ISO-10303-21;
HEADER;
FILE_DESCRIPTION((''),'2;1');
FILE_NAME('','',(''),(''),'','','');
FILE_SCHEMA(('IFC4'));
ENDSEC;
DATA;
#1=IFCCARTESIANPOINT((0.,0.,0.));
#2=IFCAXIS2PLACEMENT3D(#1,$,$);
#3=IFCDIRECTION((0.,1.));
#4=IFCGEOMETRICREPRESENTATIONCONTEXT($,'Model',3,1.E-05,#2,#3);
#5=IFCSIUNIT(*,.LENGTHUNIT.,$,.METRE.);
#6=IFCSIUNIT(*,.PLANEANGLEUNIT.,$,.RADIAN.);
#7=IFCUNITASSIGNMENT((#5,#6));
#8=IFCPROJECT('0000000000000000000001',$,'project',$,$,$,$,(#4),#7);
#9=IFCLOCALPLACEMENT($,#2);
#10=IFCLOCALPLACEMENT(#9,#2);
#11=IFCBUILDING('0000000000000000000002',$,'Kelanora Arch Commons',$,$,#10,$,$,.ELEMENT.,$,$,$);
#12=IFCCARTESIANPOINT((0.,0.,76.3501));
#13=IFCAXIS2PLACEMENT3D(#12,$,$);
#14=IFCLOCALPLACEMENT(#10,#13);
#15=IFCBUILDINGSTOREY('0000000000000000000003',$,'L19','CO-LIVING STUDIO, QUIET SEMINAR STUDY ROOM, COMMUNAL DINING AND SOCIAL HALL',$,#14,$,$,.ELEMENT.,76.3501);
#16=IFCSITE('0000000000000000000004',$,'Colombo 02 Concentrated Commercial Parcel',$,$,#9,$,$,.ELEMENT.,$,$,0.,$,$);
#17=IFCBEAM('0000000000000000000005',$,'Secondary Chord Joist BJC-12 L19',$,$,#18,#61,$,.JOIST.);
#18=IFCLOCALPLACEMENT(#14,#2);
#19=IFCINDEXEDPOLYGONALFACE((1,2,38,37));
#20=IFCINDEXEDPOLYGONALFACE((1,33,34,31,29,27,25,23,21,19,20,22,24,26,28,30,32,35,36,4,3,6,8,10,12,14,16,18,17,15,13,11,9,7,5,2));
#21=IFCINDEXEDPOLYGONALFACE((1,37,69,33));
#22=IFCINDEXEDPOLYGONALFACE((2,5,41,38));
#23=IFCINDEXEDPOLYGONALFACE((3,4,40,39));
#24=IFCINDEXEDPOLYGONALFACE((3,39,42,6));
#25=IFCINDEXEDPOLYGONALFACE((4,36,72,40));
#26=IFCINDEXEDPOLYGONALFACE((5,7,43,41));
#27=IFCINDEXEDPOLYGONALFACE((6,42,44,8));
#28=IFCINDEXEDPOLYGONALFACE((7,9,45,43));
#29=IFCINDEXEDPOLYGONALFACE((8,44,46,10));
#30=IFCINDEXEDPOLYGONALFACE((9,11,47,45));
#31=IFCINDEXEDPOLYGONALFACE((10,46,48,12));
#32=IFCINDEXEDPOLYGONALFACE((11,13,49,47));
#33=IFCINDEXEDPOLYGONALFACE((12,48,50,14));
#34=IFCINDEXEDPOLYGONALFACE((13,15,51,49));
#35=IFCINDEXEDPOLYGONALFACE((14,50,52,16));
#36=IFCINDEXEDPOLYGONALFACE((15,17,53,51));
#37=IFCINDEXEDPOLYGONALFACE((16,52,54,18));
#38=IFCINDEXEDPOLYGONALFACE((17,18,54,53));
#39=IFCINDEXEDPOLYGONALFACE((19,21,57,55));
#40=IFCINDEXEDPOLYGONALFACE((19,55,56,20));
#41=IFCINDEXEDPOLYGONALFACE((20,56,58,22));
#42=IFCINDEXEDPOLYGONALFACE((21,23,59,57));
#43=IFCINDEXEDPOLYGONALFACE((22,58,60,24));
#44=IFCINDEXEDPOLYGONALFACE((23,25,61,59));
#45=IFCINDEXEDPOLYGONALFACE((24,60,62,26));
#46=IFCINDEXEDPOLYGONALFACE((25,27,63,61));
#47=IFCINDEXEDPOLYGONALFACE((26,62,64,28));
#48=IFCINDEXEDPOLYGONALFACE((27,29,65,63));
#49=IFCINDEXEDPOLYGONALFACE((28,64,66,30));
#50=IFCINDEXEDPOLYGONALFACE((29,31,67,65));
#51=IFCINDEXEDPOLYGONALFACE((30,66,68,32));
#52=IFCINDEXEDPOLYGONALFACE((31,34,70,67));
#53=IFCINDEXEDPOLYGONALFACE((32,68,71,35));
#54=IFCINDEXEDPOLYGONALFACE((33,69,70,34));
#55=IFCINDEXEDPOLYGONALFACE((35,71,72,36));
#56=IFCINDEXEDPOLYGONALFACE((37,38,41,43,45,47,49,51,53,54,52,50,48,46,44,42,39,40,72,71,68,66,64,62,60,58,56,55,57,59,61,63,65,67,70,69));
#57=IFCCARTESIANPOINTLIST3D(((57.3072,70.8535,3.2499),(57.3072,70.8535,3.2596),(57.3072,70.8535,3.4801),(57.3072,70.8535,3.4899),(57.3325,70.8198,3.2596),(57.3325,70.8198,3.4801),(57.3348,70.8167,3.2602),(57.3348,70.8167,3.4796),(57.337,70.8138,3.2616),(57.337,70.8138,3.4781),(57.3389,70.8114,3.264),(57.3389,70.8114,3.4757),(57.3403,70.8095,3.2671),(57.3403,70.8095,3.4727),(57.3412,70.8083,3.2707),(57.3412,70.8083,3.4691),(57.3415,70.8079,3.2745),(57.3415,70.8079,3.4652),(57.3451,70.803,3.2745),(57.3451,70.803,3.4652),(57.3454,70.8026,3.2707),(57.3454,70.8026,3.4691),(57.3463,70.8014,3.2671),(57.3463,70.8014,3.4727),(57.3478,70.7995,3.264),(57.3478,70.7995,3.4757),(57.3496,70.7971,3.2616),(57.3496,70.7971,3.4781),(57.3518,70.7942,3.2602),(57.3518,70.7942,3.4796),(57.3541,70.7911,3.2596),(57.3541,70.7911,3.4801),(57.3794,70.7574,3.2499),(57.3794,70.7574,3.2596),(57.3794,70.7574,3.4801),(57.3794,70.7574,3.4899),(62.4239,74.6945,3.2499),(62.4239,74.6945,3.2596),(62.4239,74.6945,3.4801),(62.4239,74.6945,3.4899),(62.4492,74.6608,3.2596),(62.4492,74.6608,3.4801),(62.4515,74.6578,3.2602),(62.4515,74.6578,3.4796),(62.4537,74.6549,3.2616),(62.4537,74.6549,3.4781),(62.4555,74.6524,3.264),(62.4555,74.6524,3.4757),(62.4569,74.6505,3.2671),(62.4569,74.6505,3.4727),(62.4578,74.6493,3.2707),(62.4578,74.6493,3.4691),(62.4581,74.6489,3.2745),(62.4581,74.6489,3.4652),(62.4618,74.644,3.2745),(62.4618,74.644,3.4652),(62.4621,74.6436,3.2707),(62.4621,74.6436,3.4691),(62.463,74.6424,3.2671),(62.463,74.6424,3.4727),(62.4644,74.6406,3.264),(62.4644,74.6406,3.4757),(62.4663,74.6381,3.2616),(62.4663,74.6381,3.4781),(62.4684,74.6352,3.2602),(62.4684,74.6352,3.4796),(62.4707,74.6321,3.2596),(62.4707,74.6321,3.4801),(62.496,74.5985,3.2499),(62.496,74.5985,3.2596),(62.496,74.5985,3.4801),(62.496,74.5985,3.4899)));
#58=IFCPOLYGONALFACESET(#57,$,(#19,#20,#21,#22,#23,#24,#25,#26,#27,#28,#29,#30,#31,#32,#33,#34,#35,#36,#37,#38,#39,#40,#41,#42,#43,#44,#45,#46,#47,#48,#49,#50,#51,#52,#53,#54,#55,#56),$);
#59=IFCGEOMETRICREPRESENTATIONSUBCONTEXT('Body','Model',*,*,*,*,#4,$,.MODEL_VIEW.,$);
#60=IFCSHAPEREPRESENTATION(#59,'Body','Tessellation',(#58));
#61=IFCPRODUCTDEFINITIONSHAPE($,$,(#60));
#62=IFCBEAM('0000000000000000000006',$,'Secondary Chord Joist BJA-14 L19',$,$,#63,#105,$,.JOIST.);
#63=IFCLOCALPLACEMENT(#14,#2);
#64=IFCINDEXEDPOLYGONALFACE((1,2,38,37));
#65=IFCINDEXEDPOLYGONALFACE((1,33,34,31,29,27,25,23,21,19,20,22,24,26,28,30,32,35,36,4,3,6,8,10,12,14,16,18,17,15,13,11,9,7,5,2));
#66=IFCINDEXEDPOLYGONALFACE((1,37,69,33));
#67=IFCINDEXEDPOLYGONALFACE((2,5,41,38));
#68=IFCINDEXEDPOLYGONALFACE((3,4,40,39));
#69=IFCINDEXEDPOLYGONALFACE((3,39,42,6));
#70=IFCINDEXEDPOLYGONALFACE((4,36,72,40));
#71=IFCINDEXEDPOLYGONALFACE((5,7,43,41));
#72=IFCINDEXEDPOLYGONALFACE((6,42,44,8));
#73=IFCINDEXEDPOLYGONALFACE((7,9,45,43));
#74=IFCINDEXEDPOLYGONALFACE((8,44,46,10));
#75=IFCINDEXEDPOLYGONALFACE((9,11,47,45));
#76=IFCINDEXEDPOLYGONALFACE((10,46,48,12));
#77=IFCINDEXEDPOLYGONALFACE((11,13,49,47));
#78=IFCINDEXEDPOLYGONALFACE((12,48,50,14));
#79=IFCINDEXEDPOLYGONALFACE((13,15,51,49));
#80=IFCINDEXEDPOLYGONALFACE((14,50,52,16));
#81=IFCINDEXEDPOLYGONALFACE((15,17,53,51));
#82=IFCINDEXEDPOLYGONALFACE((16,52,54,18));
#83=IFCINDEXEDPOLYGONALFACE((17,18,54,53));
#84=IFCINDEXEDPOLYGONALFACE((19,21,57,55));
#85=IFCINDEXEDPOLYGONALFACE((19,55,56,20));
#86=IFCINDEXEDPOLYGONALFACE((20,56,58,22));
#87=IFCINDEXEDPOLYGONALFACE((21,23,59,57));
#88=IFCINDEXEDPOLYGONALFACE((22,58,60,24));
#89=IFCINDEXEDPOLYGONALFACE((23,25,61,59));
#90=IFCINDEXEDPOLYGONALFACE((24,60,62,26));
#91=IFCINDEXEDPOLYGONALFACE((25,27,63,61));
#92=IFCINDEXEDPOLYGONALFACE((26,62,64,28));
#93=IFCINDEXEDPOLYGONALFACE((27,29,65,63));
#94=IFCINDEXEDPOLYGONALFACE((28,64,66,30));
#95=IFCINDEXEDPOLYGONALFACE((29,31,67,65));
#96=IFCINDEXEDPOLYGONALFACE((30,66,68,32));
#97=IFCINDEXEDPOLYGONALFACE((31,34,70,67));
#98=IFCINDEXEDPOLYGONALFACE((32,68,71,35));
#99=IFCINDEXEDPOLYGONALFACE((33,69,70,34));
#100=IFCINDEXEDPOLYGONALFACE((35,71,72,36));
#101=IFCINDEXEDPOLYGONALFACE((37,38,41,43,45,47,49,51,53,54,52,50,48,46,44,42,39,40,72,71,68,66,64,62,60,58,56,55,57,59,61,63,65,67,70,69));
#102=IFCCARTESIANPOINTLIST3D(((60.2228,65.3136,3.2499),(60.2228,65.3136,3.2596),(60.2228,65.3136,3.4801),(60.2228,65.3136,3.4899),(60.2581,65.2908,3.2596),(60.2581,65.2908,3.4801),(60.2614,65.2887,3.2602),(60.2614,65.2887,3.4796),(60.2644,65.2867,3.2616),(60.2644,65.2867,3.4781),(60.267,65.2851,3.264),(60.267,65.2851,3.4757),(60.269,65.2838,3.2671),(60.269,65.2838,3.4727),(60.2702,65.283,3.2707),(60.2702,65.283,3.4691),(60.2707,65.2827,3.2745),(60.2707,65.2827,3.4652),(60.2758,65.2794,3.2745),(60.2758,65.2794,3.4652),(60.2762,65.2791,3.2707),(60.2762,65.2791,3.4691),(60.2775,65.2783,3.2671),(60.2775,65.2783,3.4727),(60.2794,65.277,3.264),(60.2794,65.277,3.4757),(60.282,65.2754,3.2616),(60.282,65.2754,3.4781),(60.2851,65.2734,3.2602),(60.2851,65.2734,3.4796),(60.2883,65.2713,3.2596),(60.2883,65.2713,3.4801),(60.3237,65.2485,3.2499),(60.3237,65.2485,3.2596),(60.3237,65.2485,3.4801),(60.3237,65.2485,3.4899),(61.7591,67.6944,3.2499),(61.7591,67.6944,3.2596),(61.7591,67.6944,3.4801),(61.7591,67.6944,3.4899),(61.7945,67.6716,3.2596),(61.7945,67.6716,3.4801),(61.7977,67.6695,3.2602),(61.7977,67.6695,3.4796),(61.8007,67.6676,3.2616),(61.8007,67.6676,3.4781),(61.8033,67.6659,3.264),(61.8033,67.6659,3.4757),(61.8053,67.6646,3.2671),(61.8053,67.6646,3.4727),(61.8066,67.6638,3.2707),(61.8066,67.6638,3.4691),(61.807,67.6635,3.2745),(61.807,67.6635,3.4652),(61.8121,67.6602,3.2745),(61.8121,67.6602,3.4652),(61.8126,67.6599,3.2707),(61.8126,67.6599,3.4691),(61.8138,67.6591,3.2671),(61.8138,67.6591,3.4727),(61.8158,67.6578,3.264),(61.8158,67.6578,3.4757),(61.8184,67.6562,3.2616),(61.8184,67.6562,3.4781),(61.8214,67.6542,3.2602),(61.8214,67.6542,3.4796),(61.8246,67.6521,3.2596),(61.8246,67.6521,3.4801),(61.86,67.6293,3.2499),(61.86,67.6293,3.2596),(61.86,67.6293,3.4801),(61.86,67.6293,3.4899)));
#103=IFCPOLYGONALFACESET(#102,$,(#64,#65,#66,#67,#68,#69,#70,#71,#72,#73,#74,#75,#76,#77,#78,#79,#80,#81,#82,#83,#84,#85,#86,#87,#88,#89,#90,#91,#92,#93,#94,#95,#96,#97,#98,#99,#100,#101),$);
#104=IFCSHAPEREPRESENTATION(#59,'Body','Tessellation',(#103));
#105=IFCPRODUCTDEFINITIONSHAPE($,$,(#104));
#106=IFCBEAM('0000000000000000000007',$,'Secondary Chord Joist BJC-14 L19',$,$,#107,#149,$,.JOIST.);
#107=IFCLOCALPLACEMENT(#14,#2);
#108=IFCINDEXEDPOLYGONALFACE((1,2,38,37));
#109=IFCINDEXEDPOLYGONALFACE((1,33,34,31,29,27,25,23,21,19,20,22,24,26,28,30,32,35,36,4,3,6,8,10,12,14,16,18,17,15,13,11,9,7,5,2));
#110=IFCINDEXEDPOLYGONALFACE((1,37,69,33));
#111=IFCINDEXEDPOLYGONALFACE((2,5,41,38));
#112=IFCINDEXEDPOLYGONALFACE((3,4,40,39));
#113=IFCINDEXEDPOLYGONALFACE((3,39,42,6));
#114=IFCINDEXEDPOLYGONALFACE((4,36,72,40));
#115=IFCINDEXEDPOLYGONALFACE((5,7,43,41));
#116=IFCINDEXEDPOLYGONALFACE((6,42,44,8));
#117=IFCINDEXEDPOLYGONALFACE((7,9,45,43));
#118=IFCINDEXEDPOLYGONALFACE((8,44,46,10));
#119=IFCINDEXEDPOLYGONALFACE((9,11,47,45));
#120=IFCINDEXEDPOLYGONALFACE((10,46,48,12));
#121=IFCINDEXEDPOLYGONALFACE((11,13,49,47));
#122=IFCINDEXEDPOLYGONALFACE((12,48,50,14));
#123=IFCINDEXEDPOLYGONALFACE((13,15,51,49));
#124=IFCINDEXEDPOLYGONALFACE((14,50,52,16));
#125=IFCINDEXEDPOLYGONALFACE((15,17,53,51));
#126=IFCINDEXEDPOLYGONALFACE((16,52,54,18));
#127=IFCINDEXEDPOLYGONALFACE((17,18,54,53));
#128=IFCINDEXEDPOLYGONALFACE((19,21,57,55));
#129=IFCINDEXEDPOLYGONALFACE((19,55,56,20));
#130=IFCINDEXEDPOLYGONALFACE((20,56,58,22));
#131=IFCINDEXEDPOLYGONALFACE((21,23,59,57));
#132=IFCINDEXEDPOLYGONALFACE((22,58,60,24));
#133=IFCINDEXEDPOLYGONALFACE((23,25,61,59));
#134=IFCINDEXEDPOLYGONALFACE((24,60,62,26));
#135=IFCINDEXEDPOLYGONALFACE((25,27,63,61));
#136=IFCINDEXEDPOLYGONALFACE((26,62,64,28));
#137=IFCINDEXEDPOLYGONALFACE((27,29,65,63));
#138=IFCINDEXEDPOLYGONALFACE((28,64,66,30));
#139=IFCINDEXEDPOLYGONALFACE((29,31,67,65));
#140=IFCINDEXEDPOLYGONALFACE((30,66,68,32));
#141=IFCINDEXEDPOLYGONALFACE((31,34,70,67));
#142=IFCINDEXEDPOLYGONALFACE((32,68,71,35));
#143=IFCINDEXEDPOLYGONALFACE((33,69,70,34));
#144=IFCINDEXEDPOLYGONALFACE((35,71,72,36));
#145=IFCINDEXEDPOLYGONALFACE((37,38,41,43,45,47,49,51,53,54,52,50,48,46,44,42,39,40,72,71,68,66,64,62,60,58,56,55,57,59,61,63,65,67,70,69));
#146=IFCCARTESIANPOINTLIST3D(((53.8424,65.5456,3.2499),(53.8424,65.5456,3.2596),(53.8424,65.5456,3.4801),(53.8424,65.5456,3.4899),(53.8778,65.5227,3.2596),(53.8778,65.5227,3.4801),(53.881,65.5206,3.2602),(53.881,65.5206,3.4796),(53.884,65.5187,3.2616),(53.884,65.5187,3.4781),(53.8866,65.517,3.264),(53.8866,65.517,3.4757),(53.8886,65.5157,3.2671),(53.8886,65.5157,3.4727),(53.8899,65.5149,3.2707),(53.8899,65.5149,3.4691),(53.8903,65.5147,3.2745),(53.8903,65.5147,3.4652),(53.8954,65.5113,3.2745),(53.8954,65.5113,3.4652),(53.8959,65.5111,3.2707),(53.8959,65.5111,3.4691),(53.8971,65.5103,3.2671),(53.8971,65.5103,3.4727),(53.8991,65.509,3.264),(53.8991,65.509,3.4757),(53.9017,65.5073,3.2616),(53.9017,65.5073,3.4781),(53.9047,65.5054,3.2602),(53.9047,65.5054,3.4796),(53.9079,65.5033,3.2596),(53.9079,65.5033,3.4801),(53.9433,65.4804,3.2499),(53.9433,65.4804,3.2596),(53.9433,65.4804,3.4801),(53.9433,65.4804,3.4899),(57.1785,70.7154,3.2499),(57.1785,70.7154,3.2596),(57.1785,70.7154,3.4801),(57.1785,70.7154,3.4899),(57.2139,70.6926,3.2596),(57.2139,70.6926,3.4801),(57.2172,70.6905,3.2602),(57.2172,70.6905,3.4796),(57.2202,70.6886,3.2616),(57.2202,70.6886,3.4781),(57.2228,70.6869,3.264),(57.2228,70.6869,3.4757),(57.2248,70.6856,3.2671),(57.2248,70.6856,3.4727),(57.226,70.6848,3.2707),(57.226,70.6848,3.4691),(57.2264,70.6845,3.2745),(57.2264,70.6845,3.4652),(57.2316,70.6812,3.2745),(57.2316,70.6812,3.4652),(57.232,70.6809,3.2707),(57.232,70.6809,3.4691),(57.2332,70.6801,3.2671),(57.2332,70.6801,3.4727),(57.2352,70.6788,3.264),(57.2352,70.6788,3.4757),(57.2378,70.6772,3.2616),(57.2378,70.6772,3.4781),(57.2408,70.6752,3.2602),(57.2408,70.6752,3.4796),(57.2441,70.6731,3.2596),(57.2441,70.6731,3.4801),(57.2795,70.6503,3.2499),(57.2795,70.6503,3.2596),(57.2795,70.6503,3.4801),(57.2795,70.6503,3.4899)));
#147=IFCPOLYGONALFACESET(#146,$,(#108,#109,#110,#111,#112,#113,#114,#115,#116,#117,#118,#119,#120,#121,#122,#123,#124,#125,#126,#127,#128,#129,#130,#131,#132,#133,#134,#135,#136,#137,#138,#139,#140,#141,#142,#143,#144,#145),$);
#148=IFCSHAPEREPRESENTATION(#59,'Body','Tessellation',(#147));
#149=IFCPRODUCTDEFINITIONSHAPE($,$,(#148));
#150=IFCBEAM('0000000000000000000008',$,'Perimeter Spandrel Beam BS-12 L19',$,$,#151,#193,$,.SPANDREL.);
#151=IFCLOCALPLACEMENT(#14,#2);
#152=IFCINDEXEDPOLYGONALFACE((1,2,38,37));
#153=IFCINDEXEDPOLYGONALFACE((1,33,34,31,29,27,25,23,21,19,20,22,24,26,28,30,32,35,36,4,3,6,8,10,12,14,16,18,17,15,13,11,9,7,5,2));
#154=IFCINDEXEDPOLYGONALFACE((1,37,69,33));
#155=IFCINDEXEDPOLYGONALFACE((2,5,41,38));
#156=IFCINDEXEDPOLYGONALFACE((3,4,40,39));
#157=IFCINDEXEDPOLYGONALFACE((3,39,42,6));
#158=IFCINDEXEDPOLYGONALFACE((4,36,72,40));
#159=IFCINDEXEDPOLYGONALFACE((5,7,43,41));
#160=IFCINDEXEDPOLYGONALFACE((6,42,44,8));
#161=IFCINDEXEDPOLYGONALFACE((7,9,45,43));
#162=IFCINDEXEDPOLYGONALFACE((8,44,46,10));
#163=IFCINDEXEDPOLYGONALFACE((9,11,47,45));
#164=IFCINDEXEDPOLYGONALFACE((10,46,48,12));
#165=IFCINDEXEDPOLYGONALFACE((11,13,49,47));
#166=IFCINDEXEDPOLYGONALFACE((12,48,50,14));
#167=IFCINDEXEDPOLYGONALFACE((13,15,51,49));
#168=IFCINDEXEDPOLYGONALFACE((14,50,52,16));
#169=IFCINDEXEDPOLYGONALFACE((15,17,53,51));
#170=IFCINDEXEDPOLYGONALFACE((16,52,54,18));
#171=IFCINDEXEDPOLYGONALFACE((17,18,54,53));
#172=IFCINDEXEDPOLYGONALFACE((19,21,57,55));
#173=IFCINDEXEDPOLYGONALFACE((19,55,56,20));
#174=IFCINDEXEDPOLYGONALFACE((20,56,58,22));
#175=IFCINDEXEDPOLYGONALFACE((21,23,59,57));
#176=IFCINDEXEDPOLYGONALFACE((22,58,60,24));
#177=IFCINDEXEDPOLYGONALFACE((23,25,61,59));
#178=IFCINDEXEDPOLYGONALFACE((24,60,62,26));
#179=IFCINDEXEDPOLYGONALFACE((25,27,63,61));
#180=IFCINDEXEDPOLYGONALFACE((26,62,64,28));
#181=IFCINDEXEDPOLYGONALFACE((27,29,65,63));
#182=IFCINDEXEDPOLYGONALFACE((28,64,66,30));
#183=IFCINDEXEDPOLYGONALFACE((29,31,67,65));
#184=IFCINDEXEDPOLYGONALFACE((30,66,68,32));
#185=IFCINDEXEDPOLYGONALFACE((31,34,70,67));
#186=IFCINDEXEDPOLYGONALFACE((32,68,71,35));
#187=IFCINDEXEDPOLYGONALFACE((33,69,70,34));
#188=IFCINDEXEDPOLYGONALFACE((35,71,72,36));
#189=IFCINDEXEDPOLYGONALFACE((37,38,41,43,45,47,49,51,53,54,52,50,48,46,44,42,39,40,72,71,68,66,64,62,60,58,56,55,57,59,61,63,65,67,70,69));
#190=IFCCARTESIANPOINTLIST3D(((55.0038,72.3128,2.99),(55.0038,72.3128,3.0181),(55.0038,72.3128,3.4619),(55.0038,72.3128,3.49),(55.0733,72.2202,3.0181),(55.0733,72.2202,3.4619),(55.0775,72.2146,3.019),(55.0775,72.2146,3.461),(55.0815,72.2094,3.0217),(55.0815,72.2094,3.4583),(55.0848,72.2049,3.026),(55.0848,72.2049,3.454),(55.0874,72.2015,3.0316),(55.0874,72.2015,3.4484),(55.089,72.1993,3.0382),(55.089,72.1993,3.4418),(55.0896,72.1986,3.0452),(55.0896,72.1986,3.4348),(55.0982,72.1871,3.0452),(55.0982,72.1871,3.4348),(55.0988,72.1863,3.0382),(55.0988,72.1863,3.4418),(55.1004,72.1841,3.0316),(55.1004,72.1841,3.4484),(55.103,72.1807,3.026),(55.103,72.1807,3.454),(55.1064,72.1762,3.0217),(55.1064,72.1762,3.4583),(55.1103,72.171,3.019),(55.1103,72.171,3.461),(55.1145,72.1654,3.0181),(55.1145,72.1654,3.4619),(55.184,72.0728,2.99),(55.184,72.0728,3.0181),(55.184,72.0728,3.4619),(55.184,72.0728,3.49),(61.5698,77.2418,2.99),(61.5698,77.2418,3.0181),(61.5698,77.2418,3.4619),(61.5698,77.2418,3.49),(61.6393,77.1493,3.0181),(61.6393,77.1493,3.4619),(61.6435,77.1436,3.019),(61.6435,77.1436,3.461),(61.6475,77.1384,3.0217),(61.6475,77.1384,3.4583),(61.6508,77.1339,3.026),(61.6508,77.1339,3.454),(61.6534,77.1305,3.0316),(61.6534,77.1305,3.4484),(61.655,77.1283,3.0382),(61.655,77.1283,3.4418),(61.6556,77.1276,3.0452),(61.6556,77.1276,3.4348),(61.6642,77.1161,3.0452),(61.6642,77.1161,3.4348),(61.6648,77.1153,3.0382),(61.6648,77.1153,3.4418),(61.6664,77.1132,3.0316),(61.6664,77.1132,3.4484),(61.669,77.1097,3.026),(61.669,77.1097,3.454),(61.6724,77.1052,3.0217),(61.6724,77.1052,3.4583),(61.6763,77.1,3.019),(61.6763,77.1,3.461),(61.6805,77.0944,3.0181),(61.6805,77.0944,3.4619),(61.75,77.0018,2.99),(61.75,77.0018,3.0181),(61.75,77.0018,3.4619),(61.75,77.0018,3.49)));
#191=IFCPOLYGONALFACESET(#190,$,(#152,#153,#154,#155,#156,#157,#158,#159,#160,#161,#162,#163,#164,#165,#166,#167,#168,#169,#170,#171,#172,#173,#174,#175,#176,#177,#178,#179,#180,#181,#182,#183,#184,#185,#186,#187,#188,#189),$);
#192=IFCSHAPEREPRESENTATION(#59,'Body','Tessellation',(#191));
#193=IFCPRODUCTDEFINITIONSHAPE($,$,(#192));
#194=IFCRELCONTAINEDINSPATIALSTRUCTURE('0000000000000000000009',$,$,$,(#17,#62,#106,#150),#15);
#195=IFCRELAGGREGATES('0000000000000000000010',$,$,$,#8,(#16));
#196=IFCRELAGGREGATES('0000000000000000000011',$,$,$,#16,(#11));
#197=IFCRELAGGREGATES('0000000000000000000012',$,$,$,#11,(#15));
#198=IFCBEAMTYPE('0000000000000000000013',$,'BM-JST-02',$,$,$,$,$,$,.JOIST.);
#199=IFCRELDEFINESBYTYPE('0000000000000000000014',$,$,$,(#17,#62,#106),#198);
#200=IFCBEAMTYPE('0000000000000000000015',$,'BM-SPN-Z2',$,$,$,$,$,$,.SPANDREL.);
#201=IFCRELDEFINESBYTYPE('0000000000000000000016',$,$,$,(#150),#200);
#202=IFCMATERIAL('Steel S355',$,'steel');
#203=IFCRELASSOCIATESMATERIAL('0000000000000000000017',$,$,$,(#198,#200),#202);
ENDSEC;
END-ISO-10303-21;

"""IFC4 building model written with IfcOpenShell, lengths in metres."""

from ifc_helpers import new_model, si_unit, direction, frame, origin, origin_2d, place, context, subcontext, project, spatial, i_section, extrude, material, material_profile, profile_set, type_object, element, save


model = new_model("IFC4")

# Units and contexts
model_context = context("Model", 3, precision=1e-05, world=origin(), true_north=direction((0.0, 1.0)))
body_context = subcontext(model_context, "Body", "Model", "MODEL_VIEW")
ifc_project = project(units=[si_unit("LENGTHUNIT", "METRE"), si_unit("PLANEANGLEUNIT", "RADIAN")], contexts=[model_context])

# Site, building, storey
site_placement = place(None, origin())
site = spatial("IfcSite", under=ifc_project, at=site_placement, Name="Colombo 02 Concentrated Commercial Parcel", CompositionType="ELEMENT", RefElevation=0.0)
building_placement = place(site_placement, origin())
building = spatial("IfcBuilding", under=site, at=building_placement, Name="Kelanora Arch Commons", CompositionType="ELEMENT")
storey_placement = place(building_placement, frame((0.0, 0.0, 76.3501)))
storey = spatial("IfcBuildingStorey", under=building, at=storey_placement, Name="L19", Description="CO-LIVING STUDIO, QUIET SEMINAR STUDY ROOM, COMMUNAL DINING AND SOCIAL HALL", CompositionType="ELEMENT", Elevation=76.3501)

# Beams
ifc_material_1 = material(Name="Steel S355", Category="steel")
ifc_material_profile_1 = material_profile(ifc_material_1, i_section(OverallWidth=0.1201, OverallDepth=0.24, WebThickness=0.0061, FlangeThickness=0.0098, FilletRadius=0.0149, at=origin_2d()), Name="IPE240")
ifc_profile_set_1 = profile_set([ifc_material_profile_1], Name="Steel S355")
beam_type_1 = type_object("IfcBeamType", Name="BM-JST-02", PredefinedType="JOIST", material=ifc_profile_set_1)
beam_1_placement = place(storey_placement, frame((62.46, 74.6465, 3.3699), z_axis=(-0.799734, -0.600354, 0.0), x_axis=(0.600354, -0.799734, 0.0)))
element("IfcBeam", 1, at=beam_1_placement, inside=storey, type_object=beam_type_1, Name="Secondary Chord Joist BJC-12 L19", PredefinedType="JOIST", context=body_context, shape_type="SweptSolid", body=[
    extrude(i_section(OverallWidth=0.1201, OverallDepth=0.24, WebThickness=0.0061, FlangeThickness=0.0098, FilletRadius=0.0149, at=origin_2d()), origin(), (0.0, 0.0, 1.0), 6.3979),
])
beam_2_placement = place(storey_placement, frame((61.8096, 67.6619, 3.3699), z_axis=(-0.542211, -0.840242, 0.0), x_axis=(0.840242, -0.542211, 0.0)))
element("IfcBeam", 2, at=beam_2_placement, inside=storey, type_object=beam_type_1, Name="Secondary Chord Joist BJA-14 L19", PredefinedType="JOIST", context=body_context, shape_type="SweptSolid", body=[
    extrude(i_section(OverallWidth=0.1201, OverallDepth=0.24, WebThickness=0.0061, FlangeThickness=0.0098, FilletRadius=0.0149, at=origin_2d()), origin(), (0.0, 0.0, 1.0), 2.8335),
])
beam_3_placement = place(storey_placement, frame((57.229, 70.6829, 3.3699), z_axis=(-0.542213, -0.840241, 0.0), x_axis=(0.840241, -0.542213, 0.0)))
element("IfcBeam", 3, at=beam_3_placement, inside=storey, type_object=beam_type_1, Name="Secondary Chord Joist BJC-14 L19", PredefinedType="JOIST", context=body_context, shape_type="SweptSolid", body=[
    extrude(i_section(OverallWidth=0.1201, OverallDepth=0.24, WebThickness=0.0061, FlangeThickness=0.0098, FilletRadius=0.0149, at=origin_2d()), origin(), (0.0, 0.0, 1.0), 6.1528),
])
ifc_material_profile_2 = material_profile(ifc_material_1, i_section(OverallWidth=0.3, OverallDepth=0.5, WebThickness=0.0144, FlangeThickness=0.0281, FilletRadius=0.0271, at=origin_2d()), Name="HEB500")
ifc_profile_set_2 = profile_set([ifc_material_profile_2], Name="Steel S355")
beam_type_2 = type_object("IfcBeamType", Name="BM-SPN-Z2", PredefinedType="SPANDREL", material=ifc_profile_set_2)
beam_4_placement = place(storey_placement, frame((61.6599, 77.1218, 3.24), z_axis=(-0.799736, -0.600352, 0.0), x_axis=(0.600352, -0.799736, 0.0)))
element("IfcBeam", 4, at=beam_4_placement, inside=storey, type_object=beam_type_2, Name="Perimeter Spandrel Beam BS-12 L19", PredefinedType="SPANDREL", context=body_context, shape_type="SweptSolid", body=[
    extrude(i_section(OverallWidth=0.3, OverallDepth=0.5, WebThickness=0.0144, FlangeThickness=0.0281, FilletRadius=0.0271, at=origin_2d()), origin(), (0.0, 0.0, 1.0), 8.2102),
])

save(model, "model.ifc")
